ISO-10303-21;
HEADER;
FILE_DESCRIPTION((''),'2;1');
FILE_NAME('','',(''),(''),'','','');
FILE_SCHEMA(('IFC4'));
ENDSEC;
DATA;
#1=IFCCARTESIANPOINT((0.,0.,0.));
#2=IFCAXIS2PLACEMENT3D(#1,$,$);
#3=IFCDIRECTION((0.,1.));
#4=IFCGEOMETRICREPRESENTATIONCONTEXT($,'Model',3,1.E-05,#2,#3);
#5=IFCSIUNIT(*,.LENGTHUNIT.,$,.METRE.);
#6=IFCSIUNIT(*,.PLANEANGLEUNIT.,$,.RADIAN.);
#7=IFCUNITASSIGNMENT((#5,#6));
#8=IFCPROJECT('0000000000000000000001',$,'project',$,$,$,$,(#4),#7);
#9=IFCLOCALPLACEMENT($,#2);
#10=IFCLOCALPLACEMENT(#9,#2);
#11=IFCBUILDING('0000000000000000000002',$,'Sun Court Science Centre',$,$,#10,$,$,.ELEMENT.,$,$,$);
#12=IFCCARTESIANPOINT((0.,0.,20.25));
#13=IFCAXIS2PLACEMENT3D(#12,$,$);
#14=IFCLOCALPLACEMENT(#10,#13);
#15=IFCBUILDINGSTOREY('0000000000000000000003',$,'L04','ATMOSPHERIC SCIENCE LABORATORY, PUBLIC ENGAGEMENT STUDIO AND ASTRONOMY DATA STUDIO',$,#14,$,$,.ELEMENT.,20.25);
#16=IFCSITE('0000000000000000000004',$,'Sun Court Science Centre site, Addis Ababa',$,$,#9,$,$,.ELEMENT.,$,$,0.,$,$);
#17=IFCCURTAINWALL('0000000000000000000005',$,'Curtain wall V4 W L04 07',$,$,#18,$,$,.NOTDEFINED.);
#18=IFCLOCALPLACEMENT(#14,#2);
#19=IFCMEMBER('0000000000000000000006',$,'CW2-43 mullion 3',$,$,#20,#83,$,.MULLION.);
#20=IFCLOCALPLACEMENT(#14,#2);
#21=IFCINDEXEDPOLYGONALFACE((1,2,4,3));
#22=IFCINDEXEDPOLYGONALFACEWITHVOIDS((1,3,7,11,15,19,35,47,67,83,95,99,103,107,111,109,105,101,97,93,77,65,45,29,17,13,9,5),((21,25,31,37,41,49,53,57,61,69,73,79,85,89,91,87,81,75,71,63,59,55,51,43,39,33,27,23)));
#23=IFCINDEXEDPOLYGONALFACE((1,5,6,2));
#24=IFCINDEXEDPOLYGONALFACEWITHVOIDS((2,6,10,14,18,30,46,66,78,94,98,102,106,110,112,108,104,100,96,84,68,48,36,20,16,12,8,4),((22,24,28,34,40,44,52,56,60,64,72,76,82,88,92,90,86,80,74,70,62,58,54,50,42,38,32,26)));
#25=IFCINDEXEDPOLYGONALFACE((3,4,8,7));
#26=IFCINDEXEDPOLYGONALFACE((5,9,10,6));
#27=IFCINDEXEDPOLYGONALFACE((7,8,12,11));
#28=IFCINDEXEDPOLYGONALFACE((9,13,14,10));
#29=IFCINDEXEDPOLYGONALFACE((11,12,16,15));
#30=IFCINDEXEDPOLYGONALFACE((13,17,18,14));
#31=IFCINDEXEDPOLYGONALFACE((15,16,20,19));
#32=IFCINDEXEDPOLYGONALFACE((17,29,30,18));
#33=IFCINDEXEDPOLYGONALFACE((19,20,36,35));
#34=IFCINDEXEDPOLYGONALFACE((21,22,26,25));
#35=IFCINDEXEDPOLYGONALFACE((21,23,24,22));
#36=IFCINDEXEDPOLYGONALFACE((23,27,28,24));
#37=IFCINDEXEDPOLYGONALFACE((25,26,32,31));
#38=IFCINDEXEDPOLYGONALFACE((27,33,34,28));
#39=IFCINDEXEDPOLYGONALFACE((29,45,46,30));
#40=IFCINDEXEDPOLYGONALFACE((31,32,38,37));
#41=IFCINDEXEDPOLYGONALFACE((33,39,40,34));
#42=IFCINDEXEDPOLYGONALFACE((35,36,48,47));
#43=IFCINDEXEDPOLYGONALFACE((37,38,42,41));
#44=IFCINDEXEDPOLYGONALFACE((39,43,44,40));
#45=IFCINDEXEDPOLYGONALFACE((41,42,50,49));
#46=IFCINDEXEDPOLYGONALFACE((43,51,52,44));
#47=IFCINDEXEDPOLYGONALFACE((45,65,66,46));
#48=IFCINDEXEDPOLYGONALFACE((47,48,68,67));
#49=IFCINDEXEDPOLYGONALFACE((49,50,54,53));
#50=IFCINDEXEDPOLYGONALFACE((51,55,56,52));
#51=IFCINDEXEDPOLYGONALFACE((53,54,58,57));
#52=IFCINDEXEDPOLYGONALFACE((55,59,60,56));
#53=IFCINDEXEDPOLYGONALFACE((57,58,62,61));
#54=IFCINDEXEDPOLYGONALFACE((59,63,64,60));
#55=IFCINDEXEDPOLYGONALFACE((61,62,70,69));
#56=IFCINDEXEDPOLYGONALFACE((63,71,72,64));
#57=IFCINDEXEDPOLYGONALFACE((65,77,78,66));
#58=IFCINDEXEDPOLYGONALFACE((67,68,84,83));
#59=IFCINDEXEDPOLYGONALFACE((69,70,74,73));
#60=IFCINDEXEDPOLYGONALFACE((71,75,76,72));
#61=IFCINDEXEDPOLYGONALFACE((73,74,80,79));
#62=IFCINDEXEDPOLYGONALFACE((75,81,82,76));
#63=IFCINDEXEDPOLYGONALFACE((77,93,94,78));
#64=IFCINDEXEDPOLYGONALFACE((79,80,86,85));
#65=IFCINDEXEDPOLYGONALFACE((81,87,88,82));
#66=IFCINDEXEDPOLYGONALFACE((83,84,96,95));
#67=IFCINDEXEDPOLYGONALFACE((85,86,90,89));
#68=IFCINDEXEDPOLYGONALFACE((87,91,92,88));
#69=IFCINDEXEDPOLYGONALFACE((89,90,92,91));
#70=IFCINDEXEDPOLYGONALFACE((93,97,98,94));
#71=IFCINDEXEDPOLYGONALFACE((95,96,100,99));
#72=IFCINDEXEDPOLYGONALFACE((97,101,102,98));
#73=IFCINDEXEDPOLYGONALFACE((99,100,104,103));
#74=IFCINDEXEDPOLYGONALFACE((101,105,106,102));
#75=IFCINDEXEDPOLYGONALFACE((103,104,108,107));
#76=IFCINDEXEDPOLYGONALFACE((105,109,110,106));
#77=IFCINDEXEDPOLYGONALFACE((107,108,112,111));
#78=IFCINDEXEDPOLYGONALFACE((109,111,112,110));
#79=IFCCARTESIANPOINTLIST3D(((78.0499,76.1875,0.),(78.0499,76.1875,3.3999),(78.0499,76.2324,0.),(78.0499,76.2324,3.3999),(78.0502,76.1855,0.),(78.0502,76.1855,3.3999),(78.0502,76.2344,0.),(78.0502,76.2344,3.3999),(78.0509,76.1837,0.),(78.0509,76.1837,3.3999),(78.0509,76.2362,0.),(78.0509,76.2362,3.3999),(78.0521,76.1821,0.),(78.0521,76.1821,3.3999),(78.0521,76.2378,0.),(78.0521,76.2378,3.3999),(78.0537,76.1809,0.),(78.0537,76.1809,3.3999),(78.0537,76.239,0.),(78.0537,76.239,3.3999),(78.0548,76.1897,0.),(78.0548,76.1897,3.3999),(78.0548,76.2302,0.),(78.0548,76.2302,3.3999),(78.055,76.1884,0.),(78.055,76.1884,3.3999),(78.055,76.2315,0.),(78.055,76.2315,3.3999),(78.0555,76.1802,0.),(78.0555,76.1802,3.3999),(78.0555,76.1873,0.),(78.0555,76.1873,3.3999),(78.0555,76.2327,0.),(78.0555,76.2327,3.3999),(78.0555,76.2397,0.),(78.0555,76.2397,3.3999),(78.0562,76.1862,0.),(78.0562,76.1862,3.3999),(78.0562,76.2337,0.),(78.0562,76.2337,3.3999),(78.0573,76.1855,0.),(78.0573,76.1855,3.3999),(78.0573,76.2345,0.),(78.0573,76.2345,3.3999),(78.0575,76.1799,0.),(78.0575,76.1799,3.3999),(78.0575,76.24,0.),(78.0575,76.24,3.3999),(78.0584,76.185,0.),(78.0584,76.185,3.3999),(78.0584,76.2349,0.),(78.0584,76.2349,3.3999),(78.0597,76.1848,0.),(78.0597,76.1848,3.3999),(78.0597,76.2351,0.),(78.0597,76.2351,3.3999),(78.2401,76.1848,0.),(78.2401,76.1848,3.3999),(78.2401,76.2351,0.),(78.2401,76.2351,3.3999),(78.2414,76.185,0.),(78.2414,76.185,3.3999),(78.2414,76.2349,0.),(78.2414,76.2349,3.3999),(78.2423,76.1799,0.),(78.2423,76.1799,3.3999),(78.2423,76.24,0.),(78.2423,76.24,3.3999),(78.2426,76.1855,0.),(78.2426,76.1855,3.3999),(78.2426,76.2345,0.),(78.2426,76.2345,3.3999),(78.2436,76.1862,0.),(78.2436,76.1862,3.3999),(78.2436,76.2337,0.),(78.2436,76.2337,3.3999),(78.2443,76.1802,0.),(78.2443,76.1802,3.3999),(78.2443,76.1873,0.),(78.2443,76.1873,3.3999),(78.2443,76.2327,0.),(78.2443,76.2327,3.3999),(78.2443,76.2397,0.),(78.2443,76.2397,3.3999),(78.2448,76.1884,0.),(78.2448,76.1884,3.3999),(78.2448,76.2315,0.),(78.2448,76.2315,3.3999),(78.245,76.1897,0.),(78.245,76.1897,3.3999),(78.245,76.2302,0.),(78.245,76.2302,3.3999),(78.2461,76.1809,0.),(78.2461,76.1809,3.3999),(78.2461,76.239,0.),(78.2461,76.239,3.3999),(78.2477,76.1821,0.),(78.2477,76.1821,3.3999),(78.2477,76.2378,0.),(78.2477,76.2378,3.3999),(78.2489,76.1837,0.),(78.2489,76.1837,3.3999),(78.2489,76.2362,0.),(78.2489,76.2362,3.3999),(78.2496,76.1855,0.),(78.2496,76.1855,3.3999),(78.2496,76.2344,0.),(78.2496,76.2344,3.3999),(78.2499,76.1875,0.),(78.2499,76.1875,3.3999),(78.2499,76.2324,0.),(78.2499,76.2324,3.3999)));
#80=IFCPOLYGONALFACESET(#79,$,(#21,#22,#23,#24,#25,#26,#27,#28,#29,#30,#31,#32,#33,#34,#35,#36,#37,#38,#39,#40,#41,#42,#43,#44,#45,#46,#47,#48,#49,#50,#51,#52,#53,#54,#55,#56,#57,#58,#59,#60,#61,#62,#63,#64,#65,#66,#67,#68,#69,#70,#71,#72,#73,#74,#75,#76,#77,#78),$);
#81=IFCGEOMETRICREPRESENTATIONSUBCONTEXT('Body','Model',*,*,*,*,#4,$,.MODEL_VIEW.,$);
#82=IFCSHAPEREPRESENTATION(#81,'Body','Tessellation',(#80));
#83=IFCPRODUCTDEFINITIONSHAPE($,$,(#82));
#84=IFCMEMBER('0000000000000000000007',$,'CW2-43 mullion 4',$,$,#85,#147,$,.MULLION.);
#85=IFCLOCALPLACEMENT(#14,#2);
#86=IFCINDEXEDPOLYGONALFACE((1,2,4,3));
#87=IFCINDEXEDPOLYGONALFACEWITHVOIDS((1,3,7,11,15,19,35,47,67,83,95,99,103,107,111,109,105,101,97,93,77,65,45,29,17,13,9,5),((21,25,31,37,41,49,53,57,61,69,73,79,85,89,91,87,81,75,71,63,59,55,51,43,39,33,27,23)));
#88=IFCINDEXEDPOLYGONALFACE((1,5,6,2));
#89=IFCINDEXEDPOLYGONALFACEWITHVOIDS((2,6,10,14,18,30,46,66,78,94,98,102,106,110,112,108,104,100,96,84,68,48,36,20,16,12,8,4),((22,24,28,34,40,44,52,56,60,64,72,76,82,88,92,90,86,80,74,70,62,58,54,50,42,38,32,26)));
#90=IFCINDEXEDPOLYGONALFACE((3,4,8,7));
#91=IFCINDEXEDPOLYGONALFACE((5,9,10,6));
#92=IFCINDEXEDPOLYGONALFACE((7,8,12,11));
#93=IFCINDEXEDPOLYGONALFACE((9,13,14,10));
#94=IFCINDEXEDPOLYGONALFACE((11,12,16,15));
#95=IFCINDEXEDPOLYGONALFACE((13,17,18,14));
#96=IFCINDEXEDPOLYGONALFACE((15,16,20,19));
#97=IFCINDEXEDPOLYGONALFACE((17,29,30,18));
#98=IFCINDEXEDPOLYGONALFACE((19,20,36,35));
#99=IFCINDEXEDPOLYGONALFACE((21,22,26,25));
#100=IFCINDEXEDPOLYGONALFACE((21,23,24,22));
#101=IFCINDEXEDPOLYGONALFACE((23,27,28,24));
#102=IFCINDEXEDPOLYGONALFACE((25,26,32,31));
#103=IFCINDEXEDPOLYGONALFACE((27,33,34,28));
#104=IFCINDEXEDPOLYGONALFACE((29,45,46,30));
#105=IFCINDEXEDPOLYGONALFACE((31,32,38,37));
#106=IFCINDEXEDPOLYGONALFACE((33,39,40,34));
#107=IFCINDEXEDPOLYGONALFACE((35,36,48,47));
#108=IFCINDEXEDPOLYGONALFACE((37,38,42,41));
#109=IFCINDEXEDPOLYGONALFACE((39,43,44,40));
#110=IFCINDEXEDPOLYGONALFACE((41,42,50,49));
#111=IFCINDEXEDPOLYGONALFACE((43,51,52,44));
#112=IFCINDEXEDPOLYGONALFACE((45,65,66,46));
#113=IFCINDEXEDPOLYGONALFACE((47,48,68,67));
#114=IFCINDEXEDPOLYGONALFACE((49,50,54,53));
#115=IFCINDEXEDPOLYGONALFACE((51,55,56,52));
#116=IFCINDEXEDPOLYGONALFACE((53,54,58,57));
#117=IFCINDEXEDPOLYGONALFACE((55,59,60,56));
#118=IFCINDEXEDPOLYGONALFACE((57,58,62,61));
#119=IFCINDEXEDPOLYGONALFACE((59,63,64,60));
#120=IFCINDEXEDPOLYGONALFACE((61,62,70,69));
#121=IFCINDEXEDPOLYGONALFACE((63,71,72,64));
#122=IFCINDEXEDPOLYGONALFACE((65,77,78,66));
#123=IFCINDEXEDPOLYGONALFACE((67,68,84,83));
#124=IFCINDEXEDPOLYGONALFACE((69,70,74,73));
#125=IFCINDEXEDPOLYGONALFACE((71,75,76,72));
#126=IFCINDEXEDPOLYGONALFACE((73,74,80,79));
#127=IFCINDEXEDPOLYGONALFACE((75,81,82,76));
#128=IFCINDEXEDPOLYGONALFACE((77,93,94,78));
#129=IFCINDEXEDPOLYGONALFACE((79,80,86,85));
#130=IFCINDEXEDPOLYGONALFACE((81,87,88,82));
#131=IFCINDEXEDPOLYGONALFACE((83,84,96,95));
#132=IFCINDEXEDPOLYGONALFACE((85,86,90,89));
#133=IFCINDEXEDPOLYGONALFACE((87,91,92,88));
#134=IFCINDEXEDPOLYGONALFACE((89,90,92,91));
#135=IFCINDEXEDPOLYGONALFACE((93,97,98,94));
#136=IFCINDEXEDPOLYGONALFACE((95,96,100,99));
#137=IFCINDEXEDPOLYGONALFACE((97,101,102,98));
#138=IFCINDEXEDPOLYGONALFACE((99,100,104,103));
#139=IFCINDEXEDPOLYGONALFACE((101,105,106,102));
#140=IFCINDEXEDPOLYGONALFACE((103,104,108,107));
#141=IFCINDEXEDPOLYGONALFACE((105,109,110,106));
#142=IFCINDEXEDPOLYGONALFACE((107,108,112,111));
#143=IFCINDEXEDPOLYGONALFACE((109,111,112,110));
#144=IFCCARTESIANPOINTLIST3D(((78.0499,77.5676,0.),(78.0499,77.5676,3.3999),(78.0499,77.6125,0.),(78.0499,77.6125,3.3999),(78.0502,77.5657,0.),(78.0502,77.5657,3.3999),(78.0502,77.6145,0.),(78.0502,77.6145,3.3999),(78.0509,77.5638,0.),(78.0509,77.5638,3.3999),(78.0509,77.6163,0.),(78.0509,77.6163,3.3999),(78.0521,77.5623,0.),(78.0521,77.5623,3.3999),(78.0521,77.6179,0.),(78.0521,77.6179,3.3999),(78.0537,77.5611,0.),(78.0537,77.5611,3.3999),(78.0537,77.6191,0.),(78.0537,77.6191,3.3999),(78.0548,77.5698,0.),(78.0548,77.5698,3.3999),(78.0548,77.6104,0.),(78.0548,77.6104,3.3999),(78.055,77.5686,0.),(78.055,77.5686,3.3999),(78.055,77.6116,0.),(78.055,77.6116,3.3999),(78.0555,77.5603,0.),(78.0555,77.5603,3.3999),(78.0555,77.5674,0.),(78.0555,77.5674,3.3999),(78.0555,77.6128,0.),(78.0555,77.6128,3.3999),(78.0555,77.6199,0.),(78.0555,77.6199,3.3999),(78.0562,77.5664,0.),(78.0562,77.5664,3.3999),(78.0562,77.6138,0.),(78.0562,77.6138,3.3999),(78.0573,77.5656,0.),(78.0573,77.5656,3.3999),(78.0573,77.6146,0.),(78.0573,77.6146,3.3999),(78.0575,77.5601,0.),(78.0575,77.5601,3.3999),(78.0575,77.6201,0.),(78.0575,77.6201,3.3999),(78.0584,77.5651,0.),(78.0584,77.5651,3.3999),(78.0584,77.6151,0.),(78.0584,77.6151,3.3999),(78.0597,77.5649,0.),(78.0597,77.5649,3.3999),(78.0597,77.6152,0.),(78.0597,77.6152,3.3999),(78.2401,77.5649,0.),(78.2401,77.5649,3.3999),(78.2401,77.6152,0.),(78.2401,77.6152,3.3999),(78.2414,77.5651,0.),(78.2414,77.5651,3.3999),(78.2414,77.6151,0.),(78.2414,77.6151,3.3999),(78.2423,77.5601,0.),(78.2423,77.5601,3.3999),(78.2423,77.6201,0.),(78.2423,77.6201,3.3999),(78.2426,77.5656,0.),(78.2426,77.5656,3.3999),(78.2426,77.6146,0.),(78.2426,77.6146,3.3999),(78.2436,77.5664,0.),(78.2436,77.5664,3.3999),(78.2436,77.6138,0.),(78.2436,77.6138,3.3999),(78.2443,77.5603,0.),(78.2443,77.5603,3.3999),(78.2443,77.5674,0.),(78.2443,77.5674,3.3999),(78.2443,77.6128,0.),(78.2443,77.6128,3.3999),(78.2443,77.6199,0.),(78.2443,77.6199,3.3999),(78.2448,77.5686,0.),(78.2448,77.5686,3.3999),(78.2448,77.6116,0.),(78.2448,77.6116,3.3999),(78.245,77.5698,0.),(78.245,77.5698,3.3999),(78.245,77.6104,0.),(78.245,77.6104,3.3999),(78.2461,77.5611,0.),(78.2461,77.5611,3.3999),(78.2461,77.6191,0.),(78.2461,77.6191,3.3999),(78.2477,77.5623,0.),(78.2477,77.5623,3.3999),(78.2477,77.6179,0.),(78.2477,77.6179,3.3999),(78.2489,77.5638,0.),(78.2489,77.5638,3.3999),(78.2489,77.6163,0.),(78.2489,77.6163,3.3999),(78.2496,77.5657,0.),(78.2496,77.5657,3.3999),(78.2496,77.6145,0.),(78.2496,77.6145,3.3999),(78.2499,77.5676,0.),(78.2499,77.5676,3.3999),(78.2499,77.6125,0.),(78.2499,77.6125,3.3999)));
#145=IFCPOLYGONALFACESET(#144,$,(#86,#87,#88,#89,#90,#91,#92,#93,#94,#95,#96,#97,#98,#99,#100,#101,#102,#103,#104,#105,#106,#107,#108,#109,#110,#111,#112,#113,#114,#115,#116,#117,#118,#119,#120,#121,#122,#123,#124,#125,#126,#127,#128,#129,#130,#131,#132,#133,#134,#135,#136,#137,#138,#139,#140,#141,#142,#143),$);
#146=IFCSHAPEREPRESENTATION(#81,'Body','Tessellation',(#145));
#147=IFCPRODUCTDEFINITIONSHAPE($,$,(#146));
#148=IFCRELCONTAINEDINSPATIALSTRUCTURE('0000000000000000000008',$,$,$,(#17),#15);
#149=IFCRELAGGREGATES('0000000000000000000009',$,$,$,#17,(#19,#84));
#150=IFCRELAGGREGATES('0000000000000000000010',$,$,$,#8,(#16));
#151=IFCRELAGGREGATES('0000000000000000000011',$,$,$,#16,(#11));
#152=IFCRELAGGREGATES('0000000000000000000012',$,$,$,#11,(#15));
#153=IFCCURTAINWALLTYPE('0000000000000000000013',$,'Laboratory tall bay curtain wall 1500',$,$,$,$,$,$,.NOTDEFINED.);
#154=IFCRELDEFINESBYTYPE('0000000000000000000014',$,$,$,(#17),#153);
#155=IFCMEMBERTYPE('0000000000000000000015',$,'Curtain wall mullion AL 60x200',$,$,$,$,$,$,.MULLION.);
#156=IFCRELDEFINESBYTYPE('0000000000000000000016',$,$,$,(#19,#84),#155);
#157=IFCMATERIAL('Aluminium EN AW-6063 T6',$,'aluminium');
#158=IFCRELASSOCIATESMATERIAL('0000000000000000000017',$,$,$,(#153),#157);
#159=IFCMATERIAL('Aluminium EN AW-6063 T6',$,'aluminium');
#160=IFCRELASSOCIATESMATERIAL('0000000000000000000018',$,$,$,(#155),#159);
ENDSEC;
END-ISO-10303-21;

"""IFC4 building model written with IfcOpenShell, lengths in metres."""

from ifc_helpers import new_model, si_unit, direction, frame, origin, origin_2d, place, context, subcontext, project, spatial, hollow_rectangle, extrude, material, material_profile, profile_set, type_object, element, aggregate, save


model = new_model("IFC4")

# Units and contexts
model_context = context("Model", 3, precision=1e-05, world=origin(), true_north=direction((0.0, 1.0)))
body_context = subcontext(model_context, "Body", "Model", "MODEL_VIEW")
ifc_project = project(units=[si_unit("LENGTHUNIT", "METRE"), si_unit("PLANEANGLEUNIT", "RADIAN")], contexts=[model_context])

# Site, building, storey
site_placement = place(None, origin())
site = spatial("IfcSite", under=ifc_project, at=site_placement, Name="Sun Court Science Centre site, Addis Ababa", CompositionType="ELEMENT", RefElevation=0.0)
building_placement = place(site_placement, origin())
building = spatial("IfcBuilding", under=site, at=building_placement, Name="Sun Court Science Centre", CompositionType="ELEMENT")
storey_placement = place(building_placement, frame((0.0, 0.0, 20.25)))
storey = spatial("IfcBuildingStorey", under=building, at=storey_placement, Name="L04", Description="ATMOSPHERIC SCIENCE LABORATORY, PUBLIC ENGAGEMENT STUDIO AND ASTRONOMY DATA STUDIO", CompositionType="ELEMENT", Elevation=20.25)

# Curtain wall, members
ifc_material_1 = material(Name="Aluminium EN AW-6063 T6", Category="aluminium")
curtain_wall_type = type_object("IfcCurtainWallType", Name="Laboratory tall bay curtain wall 1500", PredefinedType="NOTDEFINED", material=ifc_material_1)
curtain_wall_1_placement = place(storey_placement, origin())
curtain_wall_1 = element("IfcCurtainWall", 1, at=curtain_wall_1_placement, inside=storey, type_object=curtain_wall_type, Name="Curtain wall V4 W L04 07", PredefinedType="NOTDEFINED")
ifc_material_2 = material(Name="Aluminium EN AW-6063 T6", Category="aluminium")
ifc_material_profile_1 = material_profile(ifc_material_2, hollow_rectangle(XDim=0.0601, YDim=0.2, WallThickness=0.0049, InnerFilletRadius=0.0049, OuterFilletRadius=0.0076, at=origin_2d()), Name="AL 60x200x5")
ifc_profile_set_1 = profile_set([ifc_material_profile_1], Name="Aluminium EN AW-6063 T6")
member_type_1 = type_object("IfcMemberType", Name="Curtain wall mullion AL 60x200", PredefinedType="MULLION", material=ifc_profile_set_1)
member_1_placement = place(storey_placement, frame((78.1499, 76.21, 0.0), z_axis=(0.0, 0.0, 1.0), x_axis=(0.0, 1.0, 0.0)))
member_1 = element("IfcMember", 2, at=member_1_placement, type_object=member_type_1, Name="CW2-43 mullion 3", PredefinedType="MULLION", context=body_context, shape_type="SweptSolid", body=[
    extrude(hollow_rectangle(XDim=0.0601, YDim=0.2, WallThickness=0.0049, InnerFilletRadius=0.0049, OuterFilletRadius=0.0076, at=origin_2d()), origin(), (0.0, 0.0, 1.0), 3.3999),
])
member_2_placement = place(storey_placement, frame((78.1499, 77.5901, 0.0), z_axis=(0.0, 0.0, 1.0), x_axis=(0.0, 1.0, 0.0)))
member_2 = element("IfcMember", 3, at=member_2_placement, type_object=member_type_1, Name="CW2-43 mullion 4", PredefinedType="MULLION", context=body_context, shape_type="SweptSolid", body=[
    extrude(hollow_rectangle(XDim=0.0601, YDim=0.2, WallThickness=0.0049, InnerFilletRadius=0.0049, OuterFilletRadius=0.0076, at=origin_2d()), origin(), (0.0, 0.0, 1.0), 3.3999),
])

aggregate(curtain_wall_1, [member_1, member_2])

save(model, "model.ifc")
